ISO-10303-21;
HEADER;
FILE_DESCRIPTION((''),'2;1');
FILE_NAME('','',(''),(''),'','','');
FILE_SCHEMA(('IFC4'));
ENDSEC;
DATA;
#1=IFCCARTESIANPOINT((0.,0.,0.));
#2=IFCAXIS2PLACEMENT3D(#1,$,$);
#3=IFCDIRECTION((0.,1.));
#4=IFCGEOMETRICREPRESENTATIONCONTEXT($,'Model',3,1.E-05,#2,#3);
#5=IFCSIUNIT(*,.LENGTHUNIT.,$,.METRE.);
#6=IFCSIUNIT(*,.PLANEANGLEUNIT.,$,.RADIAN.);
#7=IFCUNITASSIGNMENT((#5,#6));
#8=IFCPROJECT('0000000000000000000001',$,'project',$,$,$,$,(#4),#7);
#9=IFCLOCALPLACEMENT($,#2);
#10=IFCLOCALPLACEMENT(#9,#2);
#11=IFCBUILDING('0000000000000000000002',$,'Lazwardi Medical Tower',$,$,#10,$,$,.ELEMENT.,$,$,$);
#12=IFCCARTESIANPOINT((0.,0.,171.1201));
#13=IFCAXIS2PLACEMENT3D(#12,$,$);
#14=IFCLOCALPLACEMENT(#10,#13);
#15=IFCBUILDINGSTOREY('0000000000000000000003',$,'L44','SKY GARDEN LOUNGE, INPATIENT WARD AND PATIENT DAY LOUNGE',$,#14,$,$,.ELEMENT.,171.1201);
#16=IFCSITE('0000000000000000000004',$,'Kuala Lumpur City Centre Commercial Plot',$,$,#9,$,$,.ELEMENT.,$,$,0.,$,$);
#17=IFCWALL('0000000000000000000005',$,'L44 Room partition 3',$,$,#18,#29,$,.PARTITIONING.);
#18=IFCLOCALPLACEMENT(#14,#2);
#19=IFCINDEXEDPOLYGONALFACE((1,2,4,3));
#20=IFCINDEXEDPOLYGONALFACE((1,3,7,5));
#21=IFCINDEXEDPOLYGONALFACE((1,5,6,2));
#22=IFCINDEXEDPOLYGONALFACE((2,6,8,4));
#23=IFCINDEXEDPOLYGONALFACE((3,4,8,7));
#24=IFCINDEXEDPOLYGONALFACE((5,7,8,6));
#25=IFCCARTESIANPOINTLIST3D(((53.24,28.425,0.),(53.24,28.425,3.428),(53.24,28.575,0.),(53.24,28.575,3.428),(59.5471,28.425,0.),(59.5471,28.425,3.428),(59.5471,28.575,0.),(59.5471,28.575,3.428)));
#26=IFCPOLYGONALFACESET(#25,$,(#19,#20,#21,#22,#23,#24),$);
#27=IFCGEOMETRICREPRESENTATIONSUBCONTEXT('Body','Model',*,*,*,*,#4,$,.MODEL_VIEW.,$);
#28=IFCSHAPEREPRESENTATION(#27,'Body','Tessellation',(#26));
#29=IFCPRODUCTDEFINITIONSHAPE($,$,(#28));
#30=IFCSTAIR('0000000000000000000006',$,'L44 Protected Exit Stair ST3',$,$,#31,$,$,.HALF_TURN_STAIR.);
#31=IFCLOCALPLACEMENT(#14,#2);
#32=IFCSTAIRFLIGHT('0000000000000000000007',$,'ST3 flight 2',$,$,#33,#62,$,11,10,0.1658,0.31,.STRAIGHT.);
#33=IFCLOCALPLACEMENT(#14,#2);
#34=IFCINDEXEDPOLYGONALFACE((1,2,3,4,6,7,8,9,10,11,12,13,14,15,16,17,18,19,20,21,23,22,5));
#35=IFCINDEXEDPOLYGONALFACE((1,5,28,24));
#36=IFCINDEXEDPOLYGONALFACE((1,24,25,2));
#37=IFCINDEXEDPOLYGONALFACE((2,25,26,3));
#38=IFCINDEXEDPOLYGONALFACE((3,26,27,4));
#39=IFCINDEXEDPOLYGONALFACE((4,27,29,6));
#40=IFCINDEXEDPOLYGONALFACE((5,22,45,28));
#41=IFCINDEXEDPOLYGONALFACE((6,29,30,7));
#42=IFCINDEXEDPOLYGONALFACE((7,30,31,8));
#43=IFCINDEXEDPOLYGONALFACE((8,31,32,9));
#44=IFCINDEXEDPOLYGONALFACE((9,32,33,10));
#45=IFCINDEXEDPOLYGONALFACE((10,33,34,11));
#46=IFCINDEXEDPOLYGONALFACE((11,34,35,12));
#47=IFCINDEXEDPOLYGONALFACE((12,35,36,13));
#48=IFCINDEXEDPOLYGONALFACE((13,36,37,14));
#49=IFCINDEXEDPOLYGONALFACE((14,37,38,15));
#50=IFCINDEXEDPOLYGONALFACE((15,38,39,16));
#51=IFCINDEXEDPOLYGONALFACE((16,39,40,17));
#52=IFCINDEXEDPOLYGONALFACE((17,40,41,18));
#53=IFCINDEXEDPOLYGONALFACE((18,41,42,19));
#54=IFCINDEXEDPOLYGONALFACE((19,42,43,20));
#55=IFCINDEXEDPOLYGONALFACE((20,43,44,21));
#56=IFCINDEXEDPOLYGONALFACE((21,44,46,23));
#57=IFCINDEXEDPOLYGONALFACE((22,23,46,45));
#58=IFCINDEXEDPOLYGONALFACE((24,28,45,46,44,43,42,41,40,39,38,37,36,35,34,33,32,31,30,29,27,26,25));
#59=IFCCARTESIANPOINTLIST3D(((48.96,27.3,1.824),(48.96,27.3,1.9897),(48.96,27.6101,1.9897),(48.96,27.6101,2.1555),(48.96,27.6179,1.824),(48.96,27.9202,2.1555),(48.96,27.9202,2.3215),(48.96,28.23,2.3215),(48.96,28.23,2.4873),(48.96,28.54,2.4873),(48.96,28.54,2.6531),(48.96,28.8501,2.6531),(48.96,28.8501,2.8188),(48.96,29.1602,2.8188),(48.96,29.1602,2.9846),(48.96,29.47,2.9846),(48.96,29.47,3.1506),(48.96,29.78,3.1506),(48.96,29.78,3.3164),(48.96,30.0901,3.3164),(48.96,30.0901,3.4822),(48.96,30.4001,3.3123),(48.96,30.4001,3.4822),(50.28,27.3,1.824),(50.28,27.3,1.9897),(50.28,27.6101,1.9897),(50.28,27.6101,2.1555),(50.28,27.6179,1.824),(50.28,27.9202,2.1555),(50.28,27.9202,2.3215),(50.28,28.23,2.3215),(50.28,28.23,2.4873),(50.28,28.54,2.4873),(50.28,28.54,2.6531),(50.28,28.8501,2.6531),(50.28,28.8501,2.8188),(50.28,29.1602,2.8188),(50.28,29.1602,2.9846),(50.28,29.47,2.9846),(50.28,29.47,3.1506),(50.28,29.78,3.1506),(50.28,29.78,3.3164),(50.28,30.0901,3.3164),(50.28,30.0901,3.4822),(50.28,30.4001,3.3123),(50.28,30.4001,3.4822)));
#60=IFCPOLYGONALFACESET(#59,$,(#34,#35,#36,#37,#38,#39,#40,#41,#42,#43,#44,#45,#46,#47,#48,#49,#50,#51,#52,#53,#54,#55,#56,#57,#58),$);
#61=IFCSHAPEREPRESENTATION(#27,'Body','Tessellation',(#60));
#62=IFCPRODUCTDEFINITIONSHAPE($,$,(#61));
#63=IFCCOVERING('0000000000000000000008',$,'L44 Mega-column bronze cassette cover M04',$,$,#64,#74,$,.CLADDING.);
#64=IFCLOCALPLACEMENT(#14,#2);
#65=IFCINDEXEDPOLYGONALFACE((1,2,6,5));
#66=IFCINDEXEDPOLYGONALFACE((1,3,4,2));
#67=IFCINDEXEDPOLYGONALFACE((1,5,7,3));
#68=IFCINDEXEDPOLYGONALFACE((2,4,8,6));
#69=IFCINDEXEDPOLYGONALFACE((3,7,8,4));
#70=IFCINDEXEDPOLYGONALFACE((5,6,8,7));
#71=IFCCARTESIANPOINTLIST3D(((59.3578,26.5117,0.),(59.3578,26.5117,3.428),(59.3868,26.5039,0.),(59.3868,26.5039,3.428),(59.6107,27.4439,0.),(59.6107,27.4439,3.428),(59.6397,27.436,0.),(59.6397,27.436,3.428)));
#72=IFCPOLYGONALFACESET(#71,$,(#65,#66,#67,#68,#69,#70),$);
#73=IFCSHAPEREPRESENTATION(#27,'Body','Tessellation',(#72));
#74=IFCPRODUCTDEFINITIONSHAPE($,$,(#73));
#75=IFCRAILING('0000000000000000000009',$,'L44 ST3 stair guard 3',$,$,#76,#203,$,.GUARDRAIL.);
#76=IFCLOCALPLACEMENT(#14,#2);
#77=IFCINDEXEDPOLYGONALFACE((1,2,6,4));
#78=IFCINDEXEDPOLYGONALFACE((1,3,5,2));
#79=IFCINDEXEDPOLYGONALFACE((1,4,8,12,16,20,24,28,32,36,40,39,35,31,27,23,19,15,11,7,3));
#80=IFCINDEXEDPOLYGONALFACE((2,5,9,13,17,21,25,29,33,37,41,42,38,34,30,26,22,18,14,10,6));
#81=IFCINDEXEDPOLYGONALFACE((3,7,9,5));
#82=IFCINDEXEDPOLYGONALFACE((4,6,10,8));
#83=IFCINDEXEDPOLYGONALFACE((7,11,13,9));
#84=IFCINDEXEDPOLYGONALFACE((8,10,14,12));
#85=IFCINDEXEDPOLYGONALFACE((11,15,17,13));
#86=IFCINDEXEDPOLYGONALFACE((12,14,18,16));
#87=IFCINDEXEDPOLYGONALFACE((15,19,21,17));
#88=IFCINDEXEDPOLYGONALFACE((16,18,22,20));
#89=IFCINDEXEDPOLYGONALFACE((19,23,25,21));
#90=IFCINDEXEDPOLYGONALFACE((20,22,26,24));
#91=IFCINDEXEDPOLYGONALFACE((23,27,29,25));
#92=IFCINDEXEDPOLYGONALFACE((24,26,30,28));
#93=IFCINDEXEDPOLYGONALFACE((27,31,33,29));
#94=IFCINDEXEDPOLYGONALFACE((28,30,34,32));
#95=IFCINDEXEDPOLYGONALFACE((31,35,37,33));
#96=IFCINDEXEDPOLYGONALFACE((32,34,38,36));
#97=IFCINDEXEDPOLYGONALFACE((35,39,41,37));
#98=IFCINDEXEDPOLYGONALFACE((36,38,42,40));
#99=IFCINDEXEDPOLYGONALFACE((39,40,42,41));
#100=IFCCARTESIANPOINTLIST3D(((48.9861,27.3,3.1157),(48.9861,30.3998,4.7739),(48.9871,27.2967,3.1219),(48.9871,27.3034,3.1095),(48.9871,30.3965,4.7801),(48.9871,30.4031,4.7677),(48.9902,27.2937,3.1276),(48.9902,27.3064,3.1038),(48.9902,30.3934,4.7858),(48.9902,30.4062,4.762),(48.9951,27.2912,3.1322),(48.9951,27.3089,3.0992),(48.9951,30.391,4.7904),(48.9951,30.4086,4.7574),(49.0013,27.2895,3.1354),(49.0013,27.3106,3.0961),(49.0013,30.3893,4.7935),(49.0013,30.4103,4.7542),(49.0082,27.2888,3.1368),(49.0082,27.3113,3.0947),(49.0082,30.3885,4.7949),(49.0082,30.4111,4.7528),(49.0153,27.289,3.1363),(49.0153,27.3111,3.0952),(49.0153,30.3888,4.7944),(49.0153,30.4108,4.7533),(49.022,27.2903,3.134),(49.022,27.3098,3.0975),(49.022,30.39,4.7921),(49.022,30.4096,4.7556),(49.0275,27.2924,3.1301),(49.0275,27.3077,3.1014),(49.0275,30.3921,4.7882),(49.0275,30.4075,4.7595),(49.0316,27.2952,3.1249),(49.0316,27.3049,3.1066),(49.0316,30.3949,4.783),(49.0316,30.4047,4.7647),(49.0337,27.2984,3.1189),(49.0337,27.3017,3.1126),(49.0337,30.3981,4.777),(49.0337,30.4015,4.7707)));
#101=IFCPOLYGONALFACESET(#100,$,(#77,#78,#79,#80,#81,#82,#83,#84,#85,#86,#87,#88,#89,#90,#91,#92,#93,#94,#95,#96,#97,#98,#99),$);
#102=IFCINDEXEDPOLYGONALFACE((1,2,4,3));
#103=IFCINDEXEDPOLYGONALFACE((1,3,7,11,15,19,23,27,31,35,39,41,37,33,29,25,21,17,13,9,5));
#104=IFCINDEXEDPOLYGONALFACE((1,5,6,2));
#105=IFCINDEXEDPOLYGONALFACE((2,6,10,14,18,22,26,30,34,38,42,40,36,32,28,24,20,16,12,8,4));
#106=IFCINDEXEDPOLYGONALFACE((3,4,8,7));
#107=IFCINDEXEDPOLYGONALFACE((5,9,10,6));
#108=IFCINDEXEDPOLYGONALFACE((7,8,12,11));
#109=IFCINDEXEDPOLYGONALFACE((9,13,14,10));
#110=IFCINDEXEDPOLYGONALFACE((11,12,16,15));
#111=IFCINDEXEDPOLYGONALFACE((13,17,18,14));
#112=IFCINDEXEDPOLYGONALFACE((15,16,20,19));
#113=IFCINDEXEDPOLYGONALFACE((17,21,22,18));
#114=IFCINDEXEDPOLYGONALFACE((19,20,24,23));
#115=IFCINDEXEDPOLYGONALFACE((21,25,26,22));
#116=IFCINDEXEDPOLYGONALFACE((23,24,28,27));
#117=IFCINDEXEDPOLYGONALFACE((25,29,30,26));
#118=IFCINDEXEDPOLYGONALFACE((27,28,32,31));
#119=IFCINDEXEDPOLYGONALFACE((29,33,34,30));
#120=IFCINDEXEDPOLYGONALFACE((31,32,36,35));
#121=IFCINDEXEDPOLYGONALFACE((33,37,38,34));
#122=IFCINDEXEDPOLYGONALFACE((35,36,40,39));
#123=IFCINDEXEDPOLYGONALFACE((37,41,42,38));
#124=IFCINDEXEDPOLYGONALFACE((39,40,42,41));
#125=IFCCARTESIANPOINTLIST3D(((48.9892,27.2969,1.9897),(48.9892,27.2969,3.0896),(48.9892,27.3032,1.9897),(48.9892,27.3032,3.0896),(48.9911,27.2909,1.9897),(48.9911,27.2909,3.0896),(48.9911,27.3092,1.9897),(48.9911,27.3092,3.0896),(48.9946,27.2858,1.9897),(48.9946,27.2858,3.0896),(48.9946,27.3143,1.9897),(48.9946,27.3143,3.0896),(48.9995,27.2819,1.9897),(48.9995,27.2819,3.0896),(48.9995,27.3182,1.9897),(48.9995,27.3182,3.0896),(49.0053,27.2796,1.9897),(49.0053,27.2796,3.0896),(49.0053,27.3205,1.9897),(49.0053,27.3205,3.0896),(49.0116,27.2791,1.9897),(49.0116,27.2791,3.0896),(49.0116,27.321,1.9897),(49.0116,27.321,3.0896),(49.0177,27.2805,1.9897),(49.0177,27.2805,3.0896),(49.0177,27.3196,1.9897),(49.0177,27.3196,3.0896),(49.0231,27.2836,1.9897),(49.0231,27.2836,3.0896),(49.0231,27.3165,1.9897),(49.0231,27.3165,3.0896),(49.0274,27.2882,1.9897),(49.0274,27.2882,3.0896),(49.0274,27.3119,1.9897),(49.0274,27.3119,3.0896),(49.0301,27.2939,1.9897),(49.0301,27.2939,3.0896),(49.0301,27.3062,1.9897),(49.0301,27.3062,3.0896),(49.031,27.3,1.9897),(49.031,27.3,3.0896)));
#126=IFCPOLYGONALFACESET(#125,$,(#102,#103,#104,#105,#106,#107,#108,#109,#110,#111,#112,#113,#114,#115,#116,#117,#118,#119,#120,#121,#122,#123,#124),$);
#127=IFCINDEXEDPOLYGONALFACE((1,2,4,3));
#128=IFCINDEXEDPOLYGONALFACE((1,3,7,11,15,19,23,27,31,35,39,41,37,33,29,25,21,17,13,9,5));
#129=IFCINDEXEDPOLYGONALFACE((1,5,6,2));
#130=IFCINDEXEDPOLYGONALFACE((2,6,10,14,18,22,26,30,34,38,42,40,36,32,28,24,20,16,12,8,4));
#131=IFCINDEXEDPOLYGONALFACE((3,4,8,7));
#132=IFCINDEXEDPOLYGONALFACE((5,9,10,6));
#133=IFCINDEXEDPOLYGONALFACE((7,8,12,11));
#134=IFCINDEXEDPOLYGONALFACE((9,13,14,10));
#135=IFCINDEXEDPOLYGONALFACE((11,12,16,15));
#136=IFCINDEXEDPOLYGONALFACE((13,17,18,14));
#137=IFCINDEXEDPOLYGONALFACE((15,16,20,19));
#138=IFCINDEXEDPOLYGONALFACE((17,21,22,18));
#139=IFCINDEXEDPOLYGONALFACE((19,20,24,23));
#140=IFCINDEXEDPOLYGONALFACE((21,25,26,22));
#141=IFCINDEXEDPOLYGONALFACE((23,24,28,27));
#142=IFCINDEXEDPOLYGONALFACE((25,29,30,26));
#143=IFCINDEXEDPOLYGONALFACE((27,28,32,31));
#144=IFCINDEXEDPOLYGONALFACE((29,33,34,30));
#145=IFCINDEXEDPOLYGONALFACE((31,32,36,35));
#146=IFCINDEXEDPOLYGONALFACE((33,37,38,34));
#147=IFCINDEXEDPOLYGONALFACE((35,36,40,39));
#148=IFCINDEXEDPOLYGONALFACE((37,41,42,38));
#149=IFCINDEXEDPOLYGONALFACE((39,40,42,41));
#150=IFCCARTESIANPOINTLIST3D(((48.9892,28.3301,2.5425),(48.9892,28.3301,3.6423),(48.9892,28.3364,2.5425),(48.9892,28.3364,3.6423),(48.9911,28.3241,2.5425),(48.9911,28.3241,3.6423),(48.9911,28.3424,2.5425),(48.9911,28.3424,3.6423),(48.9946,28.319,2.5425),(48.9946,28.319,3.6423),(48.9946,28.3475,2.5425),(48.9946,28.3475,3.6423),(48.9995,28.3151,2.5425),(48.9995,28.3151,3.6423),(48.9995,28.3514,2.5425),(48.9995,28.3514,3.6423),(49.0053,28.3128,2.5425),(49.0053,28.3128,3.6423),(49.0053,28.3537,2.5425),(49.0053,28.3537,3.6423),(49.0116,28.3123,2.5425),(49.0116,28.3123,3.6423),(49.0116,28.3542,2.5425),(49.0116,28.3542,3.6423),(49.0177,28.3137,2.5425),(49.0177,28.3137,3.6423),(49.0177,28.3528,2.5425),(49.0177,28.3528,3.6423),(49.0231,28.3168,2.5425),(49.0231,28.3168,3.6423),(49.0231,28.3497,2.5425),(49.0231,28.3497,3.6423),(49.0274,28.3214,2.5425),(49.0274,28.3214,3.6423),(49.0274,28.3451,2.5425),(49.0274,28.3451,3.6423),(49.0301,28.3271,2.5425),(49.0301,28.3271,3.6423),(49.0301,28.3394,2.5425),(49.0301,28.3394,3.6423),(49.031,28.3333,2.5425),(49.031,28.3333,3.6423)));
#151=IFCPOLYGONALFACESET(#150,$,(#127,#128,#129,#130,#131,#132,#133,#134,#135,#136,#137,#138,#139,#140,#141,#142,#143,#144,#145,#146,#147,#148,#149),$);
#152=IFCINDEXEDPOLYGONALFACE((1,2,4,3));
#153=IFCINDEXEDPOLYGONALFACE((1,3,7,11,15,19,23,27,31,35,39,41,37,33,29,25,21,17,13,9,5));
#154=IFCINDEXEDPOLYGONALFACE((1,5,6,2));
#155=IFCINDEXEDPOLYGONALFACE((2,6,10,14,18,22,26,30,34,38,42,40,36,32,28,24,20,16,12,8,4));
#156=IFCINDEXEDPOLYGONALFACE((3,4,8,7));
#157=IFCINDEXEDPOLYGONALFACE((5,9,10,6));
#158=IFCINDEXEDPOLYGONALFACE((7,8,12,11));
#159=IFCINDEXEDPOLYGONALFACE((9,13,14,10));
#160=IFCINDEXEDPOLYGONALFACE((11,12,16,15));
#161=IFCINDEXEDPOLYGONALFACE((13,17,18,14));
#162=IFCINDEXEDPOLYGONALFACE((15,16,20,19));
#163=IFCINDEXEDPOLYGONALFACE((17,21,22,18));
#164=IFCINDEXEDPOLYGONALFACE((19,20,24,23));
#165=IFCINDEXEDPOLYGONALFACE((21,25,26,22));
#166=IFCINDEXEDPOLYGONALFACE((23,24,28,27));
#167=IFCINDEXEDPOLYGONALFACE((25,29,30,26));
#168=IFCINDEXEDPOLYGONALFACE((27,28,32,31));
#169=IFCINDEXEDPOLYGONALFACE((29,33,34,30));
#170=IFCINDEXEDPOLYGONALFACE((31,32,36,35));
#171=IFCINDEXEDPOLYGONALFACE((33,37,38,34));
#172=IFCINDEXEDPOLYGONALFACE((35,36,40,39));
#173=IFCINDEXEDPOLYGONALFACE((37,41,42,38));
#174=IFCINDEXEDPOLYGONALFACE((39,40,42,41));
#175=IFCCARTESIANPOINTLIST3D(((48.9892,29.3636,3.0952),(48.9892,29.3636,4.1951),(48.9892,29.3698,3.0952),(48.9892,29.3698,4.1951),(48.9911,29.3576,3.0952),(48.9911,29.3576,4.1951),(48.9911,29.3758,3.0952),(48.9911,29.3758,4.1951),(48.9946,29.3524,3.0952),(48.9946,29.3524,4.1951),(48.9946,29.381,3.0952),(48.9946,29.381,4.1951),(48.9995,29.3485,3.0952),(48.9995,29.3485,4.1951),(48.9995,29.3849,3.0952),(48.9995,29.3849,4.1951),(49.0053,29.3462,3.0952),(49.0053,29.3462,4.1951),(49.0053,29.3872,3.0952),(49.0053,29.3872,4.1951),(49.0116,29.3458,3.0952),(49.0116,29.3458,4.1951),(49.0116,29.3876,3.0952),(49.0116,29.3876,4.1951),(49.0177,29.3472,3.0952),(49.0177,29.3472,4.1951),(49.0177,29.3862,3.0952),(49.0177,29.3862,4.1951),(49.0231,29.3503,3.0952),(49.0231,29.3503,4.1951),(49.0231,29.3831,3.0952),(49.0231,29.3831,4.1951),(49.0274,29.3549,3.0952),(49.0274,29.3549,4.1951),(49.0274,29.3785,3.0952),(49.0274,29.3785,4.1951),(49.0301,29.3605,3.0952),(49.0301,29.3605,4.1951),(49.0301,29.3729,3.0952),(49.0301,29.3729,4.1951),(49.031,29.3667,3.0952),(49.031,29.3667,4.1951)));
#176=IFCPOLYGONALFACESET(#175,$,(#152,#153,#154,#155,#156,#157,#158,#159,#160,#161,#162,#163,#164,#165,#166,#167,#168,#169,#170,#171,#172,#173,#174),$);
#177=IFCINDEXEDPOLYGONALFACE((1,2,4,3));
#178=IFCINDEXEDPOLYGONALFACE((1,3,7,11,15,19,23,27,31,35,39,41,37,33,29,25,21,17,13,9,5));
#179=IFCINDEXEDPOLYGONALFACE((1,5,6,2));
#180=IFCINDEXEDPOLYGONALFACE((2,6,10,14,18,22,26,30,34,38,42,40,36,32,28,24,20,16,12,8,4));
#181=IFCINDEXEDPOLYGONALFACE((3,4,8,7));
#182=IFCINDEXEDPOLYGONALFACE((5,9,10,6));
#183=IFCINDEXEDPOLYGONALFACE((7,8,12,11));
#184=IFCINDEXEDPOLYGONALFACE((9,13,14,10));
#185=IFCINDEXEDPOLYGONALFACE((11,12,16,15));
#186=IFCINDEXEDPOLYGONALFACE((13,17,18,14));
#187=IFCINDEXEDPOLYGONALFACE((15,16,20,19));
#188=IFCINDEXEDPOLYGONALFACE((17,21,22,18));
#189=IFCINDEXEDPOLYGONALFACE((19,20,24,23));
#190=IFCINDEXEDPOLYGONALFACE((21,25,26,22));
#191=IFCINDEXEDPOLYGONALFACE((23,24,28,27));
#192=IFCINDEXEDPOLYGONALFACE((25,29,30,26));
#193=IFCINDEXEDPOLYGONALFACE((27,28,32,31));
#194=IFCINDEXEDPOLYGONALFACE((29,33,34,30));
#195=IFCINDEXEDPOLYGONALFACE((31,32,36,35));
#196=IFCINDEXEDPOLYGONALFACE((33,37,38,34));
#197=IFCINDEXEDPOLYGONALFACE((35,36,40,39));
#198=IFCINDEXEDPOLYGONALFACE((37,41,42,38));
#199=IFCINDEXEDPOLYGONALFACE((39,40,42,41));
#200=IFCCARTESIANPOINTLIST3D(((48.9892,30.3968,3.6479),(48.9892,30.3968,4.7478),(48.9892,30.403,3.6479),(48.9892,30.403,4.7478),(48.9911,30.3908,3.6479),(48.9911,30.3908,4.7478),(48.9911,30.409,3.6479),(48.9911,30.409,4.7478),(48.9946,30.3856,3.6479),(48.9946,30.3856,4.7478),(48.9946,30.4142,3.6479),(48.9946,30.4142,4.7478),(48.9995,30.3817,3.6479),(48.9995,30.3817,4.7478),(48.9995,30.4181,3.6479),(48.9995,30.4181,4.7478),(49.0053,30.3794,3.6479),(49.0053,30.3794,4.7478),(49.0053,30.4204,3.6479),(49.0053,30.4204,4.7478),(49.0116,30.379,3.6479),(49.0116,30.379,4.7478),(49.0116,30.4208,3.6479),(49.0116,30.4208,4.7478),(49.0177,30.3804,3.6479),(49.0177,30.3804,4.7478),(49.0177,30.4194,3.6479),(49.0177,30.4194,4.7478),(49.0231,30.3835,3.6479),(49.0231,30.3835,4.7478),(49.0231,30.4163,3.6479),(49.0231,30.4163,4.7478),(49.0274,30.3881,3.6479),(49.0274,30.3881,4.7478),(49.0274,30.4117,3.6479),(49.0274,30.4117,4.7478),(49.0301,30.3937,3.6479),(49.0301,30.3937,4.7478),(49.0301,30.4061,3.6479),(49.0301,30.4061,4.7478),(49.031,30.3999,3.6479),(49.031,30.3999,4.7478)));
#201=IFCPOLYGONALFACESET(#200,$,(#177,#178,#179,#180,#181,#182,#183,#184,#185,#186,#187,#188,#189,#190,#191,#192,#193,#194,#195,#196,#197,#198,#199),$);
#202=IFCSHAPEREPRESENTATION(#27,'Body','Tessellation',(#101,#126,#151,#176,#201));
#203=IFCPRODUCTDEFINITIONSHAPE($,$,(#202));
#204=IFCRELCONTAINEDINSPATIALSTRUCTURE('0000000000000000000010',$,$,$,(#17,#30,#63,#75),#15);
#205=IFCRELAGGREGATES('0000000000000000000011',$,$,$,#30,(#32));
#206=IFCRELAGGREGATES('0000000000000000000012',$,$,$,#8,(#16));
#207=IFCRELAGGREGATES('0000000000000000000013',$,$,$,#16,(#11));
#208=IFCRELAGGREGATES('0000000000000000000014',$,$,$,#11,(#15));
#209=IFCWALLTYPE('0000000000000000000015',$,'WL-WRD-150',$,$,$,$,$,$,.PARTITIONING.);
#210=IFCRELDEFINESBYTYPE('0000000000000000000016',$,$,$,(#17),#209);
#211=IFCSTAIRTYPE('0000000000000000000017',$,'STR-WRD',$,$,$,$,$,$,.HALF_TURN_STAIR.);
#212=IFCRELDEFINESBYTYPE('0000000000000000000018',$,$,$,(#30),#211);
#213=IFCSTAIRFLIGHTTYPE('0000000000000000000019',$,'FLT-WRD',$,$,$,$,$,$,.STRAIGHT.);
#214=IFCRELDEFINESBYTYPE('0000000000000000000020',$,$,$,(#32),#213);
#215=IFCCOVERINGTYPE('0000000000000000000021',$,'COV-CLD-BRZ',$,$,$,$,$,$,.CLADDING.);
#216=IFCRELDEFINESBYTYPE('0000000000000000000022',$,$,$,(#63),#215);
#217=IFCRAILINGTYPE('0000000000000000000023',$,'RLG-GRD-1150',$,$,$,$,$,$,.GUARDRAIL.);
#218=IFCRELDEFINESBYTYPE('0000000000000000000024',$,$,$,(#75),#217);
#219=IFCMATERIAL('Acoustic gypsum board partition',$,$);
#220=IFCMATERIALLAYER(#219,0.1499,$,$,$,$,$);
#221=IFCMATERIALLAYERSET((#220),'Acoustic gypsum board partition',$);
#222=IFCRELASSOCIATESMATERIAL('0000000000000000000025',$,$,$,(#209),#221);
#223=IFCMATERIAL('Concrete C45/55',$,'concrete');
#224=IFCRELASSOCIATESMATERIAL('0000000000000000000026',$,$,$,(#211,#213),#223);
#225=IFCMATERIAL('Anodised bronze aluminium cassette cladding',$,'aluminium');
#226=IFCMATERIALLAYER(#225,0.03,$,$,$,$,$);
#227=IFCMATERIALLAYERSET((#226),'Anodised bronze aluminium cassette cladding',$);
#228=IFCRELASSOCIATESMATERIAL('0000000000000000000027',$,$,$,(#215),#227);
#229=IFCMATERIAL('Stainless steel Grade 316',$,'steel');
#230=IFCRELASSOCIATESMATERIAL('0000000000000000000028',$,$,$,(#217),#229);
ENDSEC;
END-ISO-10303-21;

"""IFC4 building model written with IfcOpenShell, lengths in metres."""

from ifc_helpers import new_model, si_unit, direction, frame, frame_2d, origin, origin_2d, place, context, subcontext, project, spatial, polyline, rectangle, circle, outline, extrude, material, layer, layer_set, type_object, element, aggregate, save


model = new_model("IFC4")

# Units and contexts
model_context = context("Model", 3, precision=1e-05, world=origin(), true_north=direction((0.0, 1.0)))
body_context = subcontext(model_context, "Body", "Model", "MODEL_VIEW")
ifc_project = project(units=[si_unit("LENGTHUNIT", "METRE"), si_unit("PLANEANGLEUNIT", "RADIAN")], contexts=[model_context])

# Site, building, storey
site_placement = place(None, origin())
site = spatial("IfcSite", under=ifc_project, at=site_placement, Name="Kuala Lumpur City Centre Commercial Plot", CompositionType="ELEMENT", RefElevation=0.0)
building_placement = place(site_placement, origin())
building = spatial("IfcBuilding", under=site, at=building_placement, Name="Lazwardi Medical Tower", CompositionType="ELEMENT")
storey_placement = place(building_placement, frame((0.0, 0.0, 171.1201)))
storey = spatial("IfcBuildingStorey", under=building, at=storey_placement, Name="L44", Description="SKY GARDEN LOUNGE, INPATIENT WARD AND PATIENT DAY LOUNGE", CompositionType="ELEMENT", Elevation=171.1201)

# Wall
ifc_material_1 = material(Name="Acoustic gypsum board partition")
ifc_layer_1 = layer(ifc_material_1, 0.1499)
ifc_layer_set_1 = layer_set([ifc_layer_1], Name="Acoustic gypsum board partition")
wall_type_1 = type_object("IfcWallType", Name="WL-WRD-150", PredefinedType="PARTITIONING", material=ifc_layer_set_1)
wall_1_placement = place(storey_placement, frame((53.24, 28.5, 0.0), z_axis=(0.0, 0.0, 1.0), x_axis=(1.0, 0.0, 0.0)))
element("IfcWall", 1, at=wall_1_placement, inside=storey, type_object=wall_type_1, Name="L44 Room partition 3", PredefinedType="PARTITIONING", context=body_context, shape_type="SweptSolid", body=[
    extrude(rectangle(XDim=6.3071, YDim=0.1499, at=frame_2d((3.1536, 0.0))), origin(), (0.0, 0.0, 1.0), 3.428),
])

# Stair, stair flight
ifc_material_2 = material(Name="Concrete C45/55", Category="concrete")
stair_type = type_object("IfcStairType", Name="STR-WRD", PredefinedType="HALF_TURN_STAIR", material=ifc_material_2)
stair_placement = place(storey_placement, origin())
stair = element("IfcStair", 2, at=stair_placement, inside=storey, type_object=stair_type, Name="L44 Protected Exit Stair ST3", PredefinedType="HALF_TURN_STAIR")
stair_flight_type = type_object("IfcStairFlightType", Name="FLT-WRD", PredefinedType="STRAIGHT", material=ifc_material_2)
stair_flight_placement = place(storey_placement, frame((49.6201, 27.3, 1.824), z_axis=(0.0, 0.0, 1.0), x_axis=(0.0, 1.0, 0.0)))
stair_flight = element("IfcStairFlight", 3, at=stair_flight_placement, type_object=stair_flight_type, Name="ST3 flight 2", NumberOfRisers=11, NumberOfTreads=10, PredefinedType="STRAIGHT", RiserHeight=0.1658, TreadLength=0.31, context=body_context, shape_type="SweptSolid", body=[
    extrude(outline(polyline([(0.0, 0.0), (0.0, 0.1658), (0.3101, 0.1658), (0.3101, 0.3315), (0.6201, 0.3315), (0.6201, 0.4976), (0.9299, 0.4976), (0.9299, 0.6633), (1.24, 0.6633), (1.24, 0.8291), (1.55, 0.8291), (1.55, 0.9949), (1.8601, 0.9949), (1.8601, 1.1606), (2.1699, 1.1606), (2.1699, 1.3267), (2.48, 1.3267), (2.48, 1.4924), (2.79, 1.4924), (2.79, 1.6582), (3.1001, 1.6582), (3.1001, 1.824), (3.1001, 1.4883), (0.3179, 0.0), (0.0, 0.0)])), frame((0.0, 0.6602, 0.0), z_axis=(0.0, -1.0, 0.0), x_axis=(1.0, 0.0, 0.0)), (0.0, 0.0, 1.0), 1.3201),
])
aggregate(stair, [stair_flight])

# Covering
ifc_material_3 = material(Name="Anodised bronze aluminium cassette cladding", Category="aluminium")
ifc_layer_2 = layer(ifc_material_3, 0.03)
ifc_layer_set_2 = layer_set([ifc_layer_2], Name="Anodised bronze aluminium cassette cladding")
covering_type = type_object("IfcCoveringType", Name="COV-CLD-BRZ", PredefinedType="CLADDING", material=ifc_layer_set_2)
covering_placement = place(storey_placement, frame((59.4988, 26.9739, 0.0), z_axis=(0.0, 0.0, 1.0), x_axis=(0.261829, 0.965114, 0.0)))
element("IfcCovering", 4, at=covering_placement, inside=storey, type_object=covering_type, Name="L44 Mega-column bronze cassette cover M04", PredefinedType="CLADDING", context=body_context, shape_type="SweptSolid", body=[
    extrude(rectangle(XDim=0.9658, YDim=0.03, at=origin_2d()), origin(), (0.0, 0.0, 1.0), 3.428),
])

# Railing
ifc_material_4 = material(Name="Stainless steel Grade 316", Category="steel")
railing_type_1 = type_object("IfcRailingType", Name="RLG-GRD-1150", PredefinedType="GUARDRAIL", material=ifc_material_4)
railing_1_placement = place(storey_placement, frame((49.01, 27.3, 1.9897)))
element("IfcRailing", 5, at=railing_1_placement, inside=storey, type_object=railing_type_1, Name="L44 ST3 stair guard 3", PredefinedType="GUARDRAIL", context=body_context, shape_type="SweptSolid", body=[
    extrude(circle(Radius=0.0239, at=origin_2d()), frame((0.0, 0.0, 1.126), z_axis=(0.0, 0.881768, 0.471684), x_axis=(-1.0, 0.0, 0.0)), (0.0, 0.0, 1.0), 3.5154),
    extrude(circle(Radius=0.021, at=origin_2d()), origin(), (0.0, 0.0, 1.0), 1.0999),
    extrude(circle(Radius=0.021, at=origin_2d()), frame((0.0, 1.0332, 0.5527)), (0.0, 0.0, 1.0), 1.0999),
    extrude(circle(Radius=0.021, at=origin_2d()), frame((0.0, 2.0667, 1.1055)), (0.0, 0.0, 1.0), 1.0999),
    extrude(circle(Radius=0.021, at=origin_2d()), frame((0.0, 3.0999, 1.6582)), (0.0, 0.0, 1.0), 1.0999),
])

save(model, "model.ifc")
